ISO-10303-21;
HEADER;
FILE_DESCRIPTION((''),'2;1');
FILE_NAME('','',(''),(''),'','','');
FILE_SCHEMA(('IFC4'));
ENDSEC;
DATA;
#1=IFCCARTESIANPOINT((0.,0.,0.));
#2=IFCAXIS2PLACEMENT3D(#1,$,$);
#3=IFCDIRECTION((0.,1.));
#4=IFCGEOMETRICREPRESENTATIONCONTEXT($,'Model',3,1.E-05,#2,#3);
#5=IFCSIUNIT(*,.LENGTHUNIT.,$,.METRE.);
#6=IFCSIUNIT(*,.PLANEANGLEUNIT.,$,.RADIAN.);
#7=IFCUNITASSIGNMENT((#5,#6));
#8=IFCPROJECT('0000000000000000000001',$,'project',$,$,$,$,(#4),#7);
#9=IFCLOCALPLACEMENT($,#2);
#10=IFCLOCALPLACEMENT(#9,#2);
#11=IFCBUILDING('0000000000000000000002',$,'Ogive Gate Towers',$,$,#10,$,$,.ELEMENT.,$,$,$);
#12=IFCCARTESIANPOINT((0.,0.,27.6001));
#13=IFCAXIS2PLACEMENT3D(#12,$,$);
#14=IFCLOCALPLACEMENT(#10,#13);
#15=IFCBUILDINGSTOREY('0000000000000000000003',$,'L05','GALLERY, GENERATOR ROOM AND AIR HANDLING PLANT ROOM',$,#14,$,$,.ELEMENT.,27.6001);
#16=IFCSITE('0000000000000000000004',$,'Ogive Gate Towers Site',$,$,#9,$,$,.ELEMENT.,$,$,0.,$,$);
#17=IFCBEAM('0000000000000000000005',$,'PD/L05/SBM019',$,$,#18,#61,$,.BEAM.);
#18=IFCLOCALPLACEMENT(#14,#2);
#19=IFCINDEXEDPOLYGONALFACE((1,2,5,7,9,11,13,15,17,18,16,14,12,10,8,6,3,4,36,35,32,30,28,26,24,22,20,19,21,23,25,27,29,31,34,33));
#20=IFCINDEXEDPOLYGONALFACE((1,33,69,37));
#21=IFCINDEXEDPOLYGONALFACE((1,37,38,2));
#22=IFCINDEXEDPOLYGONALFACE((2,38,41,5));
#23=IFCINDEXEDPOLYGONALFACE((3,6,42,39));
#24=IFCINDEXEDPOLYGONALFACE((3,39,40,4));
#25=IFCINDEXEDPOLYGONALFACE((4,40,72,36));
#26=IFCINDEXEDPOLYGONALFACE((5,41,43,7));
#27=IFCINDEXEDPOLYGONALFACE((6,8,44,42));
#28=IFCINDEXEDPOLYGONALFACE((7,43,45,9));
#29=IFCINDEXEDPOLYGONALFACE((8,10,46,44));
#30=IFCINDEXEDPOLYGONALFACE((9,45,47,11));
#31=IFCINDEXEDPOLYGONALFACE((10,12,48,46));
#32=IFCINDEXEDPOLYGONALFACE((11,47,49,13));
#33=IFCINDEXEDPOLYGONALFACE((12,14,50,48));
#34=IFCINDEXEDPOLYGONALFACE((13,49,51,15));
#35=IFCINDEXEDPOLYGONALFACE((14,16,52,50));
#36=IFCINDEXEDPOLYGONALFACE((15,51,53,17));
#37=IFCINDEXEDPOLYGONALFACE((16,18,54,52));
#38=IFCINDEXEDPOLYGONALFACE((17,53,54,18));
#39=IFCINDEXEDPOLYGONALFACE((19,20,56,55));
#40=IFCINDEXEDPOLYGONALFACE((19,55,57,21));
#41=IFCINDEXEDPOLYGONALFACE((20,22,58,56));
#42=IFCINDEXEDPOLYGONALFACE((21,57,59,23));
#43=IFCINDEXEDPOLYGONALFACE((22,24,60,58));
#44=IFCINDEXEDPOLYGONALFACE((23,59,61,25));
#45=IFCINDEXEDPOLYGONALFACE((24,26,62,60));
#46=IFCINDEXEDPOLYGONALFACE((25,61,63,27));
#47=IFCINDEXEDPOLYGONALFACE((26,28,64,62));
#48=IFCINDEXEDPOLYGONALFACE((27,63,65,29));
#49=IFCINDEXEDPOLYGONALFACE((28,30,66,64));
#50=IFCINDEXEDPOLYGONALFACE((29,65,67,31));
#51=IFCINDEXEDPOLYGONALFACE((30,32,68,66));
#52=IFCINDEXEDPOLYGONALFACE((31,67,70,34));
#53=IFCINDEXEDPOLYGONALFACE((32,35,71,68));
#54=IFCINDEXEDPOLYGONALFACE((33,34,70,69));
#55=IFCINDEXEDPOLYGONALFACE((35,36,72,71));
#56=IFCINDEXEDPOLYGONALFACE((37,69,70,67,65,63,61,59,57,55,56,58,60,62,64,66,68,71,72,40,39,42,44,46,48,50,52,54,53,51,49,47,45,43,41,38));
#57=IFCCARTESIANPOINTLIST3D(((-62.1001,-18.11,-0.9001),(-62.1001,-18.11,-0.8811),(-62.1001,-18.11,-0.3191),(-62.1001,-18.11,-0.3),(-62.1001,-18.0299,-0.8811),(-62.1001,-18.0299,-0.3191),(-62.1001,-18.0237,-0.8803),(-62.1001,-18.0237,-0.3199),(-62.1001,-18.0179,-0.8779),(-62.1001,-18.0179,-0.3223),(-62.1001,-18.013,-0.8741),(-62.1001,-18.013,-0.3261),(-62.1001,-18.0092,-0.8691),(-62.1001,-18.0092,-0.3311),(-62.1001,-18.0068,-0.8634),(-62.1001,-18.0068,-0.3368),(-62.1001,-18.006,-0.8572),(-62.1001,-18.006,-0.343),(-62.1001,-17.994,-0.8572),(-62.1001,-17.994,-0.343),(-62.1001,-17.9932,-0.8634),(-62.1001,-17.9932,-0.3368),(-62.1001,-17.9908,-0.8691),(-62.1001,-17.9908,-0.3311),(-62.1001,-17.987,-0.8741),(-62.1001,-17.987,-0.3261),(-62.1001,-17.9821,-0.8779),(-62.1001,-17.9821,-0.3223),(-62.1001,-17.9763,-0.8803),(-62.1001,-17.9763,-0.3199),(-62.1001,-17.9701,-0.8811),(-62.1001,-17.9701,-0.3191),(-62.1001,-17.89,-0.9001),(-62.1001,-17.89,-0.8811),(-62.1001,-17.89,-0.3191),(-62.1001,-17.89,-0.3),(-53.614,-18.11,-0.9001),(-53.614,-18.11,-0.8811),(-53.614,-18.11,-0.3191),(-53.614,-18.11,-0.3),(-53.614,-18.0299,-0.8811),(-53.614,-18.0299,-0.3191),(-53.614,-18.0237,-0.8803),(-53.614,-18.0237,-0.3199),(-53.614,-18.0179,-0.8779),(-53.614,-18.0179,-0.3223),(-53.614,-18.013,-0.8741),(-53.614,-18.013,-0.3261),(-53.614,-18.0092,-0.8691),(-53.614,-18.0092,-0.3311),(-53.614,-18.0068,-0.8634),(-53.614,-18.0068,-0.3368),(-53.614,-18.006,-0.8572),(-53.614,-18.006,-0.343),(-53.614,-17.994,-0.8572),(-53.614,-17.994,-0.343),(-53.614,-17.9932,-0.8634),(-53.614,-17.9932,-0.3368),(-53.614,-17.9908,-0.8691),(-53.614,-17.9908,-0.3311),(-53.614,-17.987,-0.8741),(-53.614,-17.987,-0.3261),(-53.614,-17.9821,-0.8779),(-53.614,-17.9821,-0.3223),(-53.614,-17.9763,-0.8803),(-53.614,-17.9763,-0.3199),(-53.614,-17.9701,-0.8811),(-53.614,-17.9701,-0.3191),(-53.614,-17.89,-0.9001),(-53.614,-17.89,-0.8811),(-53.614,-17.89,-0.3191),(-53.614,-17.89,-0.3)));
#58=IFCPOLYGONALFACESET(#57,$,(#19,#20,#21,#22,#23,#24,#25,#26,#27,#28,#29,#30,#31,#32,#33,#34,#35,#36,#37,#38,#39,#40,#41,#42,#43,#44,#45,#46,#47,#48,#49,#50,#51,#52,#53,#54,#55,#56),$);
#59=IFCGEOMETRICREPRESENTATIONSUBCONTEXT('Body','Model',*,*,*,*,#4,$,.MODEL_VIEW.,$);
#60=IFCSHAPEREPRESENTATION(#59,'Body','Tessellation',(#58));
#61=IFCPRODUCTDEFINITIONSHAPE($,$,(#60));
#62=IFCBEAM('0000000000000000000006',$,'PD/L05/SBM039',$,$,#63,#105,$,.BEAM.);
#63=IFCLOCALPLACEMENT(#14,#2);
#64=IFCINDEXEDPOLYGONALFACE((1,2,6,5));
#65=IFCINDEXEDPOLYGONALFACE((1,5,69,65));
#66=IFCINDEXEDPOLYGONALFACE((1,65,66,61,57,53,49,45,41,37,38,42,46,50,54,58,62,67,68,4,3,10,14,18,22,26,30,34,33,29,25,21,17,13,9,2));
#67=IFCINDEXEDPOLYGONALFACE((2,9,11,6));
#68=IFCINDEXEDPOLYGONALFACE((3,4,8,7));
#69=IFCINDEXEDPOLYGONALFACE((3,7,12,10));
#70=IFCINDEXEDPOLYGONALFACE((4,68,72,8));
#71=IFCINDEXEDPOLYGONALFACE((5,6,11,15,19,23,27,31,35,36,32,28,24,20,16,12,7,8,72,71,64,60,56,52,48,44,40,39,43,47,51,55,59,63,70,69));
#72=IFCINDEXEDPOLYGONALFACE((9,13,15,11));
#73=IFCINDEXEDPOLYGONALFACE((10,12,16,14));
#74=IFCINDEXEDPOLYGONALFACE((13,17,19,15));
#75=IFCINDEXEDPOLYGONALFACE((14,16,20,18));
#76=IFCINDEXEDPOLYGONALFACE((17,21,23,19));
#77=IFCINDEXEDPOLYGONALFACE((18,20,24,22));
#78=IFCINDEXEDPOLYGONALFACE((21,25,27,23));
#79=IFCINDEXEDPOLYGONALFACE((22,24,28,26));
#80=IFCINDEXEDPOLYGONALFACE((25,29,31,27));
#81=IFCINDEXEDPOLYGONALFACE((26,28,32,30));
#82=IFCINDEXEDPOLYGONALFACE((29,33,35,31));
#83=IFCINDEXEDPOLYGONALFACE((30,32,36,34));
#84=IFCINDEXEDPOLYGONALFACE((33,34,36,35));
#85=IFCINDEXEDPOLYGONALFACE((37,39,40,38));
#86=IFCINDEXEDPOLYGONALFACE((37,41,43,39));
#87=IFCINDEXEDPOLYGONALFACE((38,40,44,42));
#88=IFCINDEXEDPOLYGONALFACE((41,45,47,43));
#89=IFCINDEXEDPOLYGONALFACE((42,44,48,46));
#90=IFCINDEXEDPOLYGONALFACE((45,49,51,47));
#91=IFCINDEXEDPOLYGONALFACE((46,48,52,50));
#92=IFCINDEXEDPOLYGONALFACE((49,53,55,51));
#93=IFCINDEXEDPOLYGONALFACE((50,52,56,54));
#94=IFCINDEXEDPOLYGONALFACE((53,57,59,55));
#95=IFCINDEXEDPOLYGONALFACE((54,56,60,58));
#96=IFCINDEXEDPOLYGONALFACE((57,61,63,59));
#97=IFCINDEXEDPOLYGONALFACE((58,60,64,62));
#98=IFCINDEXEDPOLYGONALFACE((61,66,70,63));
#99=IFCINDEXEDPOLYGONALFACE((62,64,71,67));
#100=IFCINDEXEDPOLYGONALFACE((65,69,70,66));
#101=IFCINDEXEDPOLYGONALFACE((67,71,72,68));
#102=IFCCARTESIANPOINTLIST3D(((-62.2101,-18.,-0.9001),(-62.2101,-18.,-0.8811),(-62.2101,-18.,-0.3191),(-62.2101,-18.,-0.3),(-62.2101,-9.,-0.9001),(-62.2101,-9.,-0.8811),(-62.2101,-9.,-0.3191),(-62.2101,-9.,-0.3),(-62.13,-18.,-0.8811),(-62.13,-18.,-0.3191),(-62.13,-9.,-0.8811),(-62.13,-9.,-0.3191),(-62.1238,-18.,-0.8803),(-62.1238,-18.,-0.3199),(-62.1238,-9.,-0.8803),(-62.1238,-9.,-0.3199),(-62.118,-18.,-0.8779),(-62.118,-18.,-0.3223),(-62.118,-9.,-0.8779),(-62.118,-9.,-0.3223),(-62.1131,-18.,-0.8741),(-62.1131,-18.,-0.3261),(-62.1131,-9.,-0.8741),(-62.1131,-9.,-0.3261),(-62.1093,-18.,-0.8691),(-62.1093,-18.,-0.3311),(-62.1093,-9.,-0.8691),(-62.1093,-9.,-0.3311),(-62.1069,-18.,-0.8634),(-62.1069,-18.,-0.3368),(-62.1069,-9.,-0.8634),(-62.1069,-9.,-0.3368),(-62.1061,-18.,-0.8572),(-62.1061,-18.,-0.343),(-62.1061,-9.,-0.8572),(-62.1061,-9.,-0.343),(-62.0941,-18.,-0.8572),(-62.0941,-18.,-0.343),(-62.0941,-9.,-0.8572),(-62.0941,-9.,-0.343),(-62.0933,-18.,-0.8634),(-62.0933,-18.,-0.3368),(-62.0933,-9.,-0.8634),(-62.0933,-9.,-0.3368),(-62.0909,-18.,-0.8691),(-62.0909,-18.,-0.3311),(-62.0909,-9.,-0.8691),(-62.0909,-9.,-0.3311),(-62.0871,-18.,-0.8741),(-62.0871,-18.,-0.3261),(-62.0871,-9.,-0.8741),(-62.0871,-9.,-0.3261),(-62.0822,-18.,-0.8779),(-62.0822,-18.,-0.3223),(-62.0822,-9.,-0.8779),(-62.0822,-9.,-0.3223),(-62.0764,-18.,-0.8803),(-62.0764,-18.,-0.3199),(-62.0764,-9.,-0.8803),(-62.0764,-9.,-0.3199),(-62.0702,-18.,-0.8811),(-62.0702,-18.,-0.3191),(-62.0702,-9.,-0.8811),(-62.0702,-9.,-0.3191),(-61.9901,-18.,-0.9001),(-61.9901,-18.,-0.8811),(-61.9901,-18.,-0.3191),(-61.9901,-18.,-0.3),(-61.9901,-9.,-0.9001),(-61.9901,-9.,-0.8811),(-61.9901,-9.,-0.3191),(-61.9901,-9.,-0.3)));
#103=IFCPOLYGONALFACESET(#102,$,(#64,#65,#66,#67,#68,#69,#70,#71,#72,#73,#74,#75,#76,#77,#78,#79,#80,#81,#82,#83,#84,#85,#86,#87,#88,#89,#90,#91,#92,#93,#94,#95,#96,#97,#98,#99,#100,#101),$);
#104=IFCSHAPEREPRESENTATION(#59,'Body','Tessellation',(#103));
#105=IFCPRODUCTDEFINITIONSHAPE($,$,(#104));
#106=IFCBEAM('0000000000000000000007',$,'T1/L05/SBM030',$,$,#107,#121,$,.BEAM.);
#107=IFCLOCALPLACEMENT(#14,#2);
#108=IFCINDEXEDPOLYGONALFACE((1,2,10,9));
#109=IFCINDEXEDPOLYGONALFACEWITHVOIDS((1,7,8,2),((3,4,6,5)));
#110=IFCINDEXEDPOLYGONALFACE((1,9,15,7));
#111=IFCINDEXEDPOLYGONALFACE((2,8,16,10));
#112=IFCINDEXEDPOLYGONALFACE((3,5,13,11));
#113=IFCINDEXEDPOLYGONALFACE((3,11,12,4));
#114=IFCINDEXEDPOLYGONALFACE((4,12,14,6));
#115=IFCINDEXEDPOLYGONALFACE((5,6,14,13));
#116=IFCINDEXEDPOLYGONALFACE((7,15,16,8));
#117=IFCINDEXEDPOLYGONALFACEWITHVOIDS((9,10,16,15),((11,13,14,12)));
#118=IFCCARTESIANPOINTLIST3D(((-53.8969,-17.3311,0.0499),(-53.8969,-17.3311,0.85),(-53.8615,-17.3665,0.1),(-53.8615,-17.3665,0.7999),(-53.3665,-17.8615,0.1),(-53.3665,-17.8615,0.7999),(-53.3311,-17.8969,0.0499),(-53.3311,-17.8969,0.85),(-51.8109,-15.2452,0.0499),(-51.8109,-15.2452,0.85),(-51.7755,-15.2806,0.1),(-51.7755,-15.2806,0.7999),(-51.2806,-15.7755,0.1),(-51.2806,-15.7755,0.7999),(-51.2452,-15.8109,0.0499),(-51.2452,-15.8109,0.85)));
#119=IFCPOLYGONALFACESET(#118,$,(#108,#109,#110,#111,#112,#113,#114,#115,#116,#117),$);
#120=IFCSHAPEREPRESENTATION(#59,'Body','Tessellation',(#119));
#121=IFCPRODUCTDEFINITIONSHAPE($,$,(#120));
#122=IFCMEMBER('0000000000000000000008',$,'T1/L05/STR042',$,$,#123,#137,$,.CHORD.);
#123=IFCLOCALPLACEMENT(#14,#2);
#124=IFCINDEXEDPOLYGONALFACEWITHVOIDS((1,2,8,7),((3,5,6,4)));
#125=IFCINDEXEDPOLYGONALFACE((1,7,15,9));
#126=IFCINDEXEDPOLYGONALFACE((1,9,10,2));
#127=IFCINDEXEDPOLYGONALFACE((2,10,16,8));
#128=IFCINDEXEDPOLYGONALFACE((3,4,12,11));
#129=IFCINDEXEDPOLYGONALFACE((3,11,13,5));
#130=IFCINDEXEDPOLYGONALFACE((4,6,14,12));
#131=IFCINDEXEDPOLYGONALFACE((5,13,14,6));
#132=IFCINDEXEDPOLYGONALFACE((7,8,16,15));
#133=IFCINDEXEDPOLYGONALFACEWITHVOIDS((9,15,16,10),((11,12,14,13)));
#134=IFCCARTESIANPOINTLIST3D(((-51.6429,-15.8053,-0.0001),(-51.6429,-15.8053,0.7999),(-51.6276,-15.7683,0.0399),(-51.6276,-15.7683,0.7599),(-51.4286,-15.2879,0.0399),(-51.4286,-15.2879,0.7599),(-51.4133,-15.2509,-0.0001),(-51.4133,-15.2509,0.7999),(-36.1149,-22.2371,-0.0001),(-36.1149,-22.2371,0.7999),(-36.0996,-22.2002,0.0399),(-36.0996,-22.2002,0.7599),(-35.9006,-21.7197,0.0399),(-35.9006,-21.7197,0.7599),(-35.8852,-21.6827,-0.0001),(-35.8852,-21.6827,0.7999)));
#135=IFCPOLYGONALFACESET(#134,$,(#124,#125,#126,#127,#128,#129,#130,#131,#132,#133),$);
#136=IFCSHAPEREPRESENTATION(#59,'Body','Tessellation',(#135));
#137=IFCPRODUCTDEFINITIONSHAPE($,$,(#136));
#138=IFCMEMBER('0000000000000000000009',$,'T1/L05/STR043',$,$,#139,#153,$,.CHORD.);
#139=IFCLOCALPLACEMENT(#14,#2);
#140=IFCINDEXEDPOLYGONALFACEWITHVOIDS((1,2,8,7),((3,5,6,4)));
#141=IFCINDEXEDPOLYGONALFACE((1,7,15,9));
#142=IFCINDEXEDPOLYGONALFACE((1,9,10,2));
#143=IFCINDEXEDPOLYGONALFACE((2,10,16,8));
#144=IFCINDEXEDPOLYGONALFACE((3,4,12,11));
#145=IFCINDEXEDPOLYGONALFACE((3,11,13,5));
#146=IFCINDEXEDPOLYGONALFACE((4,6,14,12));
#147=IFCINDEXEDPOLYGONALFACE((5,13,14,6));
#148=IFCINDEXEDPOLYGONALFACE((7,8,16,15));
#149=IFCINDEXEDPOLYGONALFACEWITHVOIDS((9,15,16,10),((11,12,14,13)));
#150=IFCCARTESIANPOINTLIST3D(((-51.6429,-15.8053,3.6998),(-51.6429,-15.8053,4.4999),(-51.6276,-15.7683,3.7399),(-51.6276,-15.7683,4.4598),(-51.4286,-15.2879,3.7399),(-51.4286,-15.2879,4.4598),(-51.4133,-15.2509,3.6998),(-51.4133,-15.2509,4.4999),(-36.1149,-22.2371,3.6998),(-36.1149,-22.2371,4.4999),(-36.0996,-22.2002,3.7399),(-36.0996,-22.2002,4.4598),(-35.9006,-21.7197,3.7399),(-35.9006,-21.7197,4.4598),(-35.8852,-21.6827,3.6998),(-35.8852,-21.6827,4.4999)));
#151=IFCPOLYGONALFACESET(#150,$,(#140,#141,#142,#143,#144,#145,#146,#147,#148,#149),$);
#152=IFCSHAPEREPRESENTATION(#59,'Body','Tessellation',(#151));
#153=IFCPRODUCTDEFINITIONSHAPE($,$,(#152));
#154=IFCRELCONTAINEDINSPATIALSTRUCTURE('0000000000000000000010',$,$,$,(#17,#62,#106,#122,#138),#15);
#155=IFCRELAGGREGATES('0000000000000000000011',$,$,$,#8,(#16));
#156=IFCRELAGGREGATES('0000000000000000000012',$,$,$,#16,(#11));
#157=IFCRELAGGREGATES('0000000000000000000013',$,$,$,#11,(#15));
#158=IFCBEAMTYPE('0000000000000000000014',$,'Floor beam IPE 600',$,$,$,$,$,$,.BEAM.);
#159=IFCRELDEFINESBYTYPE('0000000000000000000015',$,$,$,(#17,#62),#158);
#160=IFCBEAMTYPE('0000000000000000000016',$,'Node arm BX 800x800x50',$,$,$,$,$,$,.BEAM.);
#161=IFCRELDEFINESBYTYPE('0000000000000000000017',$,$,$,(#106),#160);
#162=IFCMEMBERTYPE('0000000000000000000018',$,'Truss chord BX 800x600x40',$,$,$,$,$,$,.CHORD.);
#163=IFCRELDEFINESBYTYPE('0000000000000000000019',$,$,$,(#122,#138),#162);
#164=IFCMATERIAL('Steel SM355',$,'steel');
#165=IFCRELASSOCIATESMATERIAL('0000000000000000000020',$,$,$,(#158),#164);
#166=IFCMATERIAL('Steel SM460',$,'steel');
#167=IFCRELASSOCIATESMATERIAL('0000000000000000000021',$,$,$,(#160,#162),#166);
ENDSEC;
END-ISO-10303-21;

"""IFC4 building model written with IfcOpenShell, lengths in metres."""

from ifc_helpers import new_model, si_unit, direction, frame, origin, origin_2d, place, context, subcontext, project, spatial, hollow_rectangle, i_section, extrude, material, material_profile, profile_set, type_object, element, save


model = new_model("IFC4")

# Units and contexts
model_context = context("Model", 3, precision=1e-05, world=origin(), true_north=direction((0.0, 1.0)))
body_context = subcontext(model_context, "Body", "Model", "MODEL_VIEW")
ifc_project = project(units=[si_unit("LENGTHUNIT", "METRE"), si_unit("PLANEANGLEUNIT", "RADIAN")], contexts=[model_context])

# Site, building, storey
site_placement = place(None, origin())
site = spatial("IfcSite", under=ifc_project, at=site_placement, Name="Ogive Gate Towers Site", CompositionType="ELEMENT", RefElevation=0.0)
building_placement = place(site_placement, origin())
building = spatial("IfcBuilding", under=site, at=building_placement, Name="Ogive Gate Towers", CompositionType="ELEMENT")
storey_placement = place(building_placement, frame((0.0, 0.0, 27.6001)))
storey = spatial("IfcBuildingStorey", under=building, at=storey_placement, Name="L05", Description="GALLERY, GENERATOR ROOM AND AIR HANDLING PLANT ROOM", CompositionType="ELEMENT", Elevation=27.6001)

# Beams
ifc_material_1 = material(Name="Steel SM460", Category="steel")
ifc_material_2 = material(Name="Steel SM355", Category="steel")
ifc_material_profile_1 = material_profile(ifc_material_2, i_section(OverallWidth=0.22, OverallDepth=0.6001, WebThickness=0.012, FlangeThickness=0.019, FilletRadius=0.0239, at=origin_2d()), Name="IPE 600")
ifc_profile_set_1 = profile_set([ifc_material_profile_1], Name="Steel SM355")
beam_type_1 = type_object("IfcBeamType", Name="Floor beam IPE 600", PredefinedType="BEAM", material=ifc_profile_set_1)
for number, where, z_axis, x_axis, name in (
    (1, (-62.1001, -18.0, -0.6001), (1.0, 0.0, 0.0), (0.0, 1.0, 0.0), "PD/L05/SBM019"),
):
    element("IfcBeam", number, at=place(storey_placement, frame(where, z_axis=z_axis, x_axis=x_axis)), inside=storey, type_object=beam_type_1, Name=name, PredefinedType="BEAM", context=body_context, shape_type="SweptSolid", body=[
        extrude(i_section(OverallWidth=0.22, OverallDepth=0.6001, WebThickness=0.012, FlangeThickness=0.019, FilletRadius=0.0239, at=origin_2d()), origin(), (0.0, 0.0, 1.0), 8.4861),
    ])
beam_1_placement = place(storey_placement, frame((-62.1001, -18.0, -0.6001), z_axis=(0.0, 1.0, 0.0), x_axis=(-1.0, 0.0, 0.0)))
element("IfcBeam", 2, at=beam_1_placement, inside=storey, type_object=beam_type_1, Name="PD/L05/SBM039", PredefinedType="BEAM", context=body_context, shape_type="SweptSolid", body=[
    extrude(i_section(OverallWidth=0.22, OverallDepth=0.6001, WebThickness=0.012, FlangeThickness=0.019, FilletRadius=0.0239, at=origin_2d()), origin(), (0.0, 0.0, 1.0), 9.0),
])
ifc_material_profile_2 = material_profile(ifc_material_1, hollow_rectangle(XDim=0.8, YDim=0.8, WallThickness=0.05, at=origin_2d()), Name="BX 800x800x50")
ifc_profile_set_2 = profile_set([ifc_material_profile_2], Name="Steel SM460")
beam_type_2 = type_object("IfcBeamType", Name="Node arm BX 800x800x50", PredefinedType="BEAM", material=ifc_profile_set_2)
beam_2_placement = place(storey_placement, frame((-51.5281, -15.5281, 0.45), z_axis=(-0.707107, -0.707107, 0.0), x_axis=(0.707107, -0.707107, 0.0)))
element("IfcBeam", 3, at=beam_2_placement, inside=storey, type_object=beam_type_2, Name="T1/L05/SBM030", PredefinedType="BEAM", context=body_context, shape_type="SweptSolid", body=[
    extrude(hollow_rectangle(XDim=0.8, YDim=0.8, WallThickness=0.05, at=origin_2d()), origin(), (0.0, 0.0, 1.0), 2.95),
])

# Members
ifc_material_profile_3 = material_profile(ifc_material_1, hollow_rectangle(XDim=0.6001, YDim=0.8, WallThickness=0.04, at=origin_2d()), Name="BX 800x600x40")
ifc_profile_set_3 = profile_set([ifc_material_profile_3], Name="Steel SM460")
member_type_1 = type_object("IfcMemberType", Name="Truss chord BX 800x600x40", PredefinedType="CHORD", material=ifc_profile_set_3)
for number, where, z_axis, x_axis, name in (
    (4, (-51.5281, -15.5281, 0.3999), (0.923881, -0.382681, 0.0), (0.382681, 0.923881, 0.0), "T1/L05/STR042"),
    (5, (-51.5281, -15.5281, 4.0999), (0.923881, -0.382681, 0.0), (0.382681, 0.923881, 0.0), "T1/L05/STR043"),
):
    element("IfcMember", number, at=place(storey_placement, frame(where, z_axis=z_axis, x_axis=x_axis)), inside=storey, type_object=member_type_1, Name=name, PredefinedType="CHORD", context=body_context, shape_type="SweptSolid", body=[
        extrude(hollow_rectangle(XDim=0.6001, YDim=0.8, WallThickness=0.04, at=origin_2d()), origin(), (0.0, 0.0, 1.0), 16.8074),
    ])

save(model, "model.ifc")
